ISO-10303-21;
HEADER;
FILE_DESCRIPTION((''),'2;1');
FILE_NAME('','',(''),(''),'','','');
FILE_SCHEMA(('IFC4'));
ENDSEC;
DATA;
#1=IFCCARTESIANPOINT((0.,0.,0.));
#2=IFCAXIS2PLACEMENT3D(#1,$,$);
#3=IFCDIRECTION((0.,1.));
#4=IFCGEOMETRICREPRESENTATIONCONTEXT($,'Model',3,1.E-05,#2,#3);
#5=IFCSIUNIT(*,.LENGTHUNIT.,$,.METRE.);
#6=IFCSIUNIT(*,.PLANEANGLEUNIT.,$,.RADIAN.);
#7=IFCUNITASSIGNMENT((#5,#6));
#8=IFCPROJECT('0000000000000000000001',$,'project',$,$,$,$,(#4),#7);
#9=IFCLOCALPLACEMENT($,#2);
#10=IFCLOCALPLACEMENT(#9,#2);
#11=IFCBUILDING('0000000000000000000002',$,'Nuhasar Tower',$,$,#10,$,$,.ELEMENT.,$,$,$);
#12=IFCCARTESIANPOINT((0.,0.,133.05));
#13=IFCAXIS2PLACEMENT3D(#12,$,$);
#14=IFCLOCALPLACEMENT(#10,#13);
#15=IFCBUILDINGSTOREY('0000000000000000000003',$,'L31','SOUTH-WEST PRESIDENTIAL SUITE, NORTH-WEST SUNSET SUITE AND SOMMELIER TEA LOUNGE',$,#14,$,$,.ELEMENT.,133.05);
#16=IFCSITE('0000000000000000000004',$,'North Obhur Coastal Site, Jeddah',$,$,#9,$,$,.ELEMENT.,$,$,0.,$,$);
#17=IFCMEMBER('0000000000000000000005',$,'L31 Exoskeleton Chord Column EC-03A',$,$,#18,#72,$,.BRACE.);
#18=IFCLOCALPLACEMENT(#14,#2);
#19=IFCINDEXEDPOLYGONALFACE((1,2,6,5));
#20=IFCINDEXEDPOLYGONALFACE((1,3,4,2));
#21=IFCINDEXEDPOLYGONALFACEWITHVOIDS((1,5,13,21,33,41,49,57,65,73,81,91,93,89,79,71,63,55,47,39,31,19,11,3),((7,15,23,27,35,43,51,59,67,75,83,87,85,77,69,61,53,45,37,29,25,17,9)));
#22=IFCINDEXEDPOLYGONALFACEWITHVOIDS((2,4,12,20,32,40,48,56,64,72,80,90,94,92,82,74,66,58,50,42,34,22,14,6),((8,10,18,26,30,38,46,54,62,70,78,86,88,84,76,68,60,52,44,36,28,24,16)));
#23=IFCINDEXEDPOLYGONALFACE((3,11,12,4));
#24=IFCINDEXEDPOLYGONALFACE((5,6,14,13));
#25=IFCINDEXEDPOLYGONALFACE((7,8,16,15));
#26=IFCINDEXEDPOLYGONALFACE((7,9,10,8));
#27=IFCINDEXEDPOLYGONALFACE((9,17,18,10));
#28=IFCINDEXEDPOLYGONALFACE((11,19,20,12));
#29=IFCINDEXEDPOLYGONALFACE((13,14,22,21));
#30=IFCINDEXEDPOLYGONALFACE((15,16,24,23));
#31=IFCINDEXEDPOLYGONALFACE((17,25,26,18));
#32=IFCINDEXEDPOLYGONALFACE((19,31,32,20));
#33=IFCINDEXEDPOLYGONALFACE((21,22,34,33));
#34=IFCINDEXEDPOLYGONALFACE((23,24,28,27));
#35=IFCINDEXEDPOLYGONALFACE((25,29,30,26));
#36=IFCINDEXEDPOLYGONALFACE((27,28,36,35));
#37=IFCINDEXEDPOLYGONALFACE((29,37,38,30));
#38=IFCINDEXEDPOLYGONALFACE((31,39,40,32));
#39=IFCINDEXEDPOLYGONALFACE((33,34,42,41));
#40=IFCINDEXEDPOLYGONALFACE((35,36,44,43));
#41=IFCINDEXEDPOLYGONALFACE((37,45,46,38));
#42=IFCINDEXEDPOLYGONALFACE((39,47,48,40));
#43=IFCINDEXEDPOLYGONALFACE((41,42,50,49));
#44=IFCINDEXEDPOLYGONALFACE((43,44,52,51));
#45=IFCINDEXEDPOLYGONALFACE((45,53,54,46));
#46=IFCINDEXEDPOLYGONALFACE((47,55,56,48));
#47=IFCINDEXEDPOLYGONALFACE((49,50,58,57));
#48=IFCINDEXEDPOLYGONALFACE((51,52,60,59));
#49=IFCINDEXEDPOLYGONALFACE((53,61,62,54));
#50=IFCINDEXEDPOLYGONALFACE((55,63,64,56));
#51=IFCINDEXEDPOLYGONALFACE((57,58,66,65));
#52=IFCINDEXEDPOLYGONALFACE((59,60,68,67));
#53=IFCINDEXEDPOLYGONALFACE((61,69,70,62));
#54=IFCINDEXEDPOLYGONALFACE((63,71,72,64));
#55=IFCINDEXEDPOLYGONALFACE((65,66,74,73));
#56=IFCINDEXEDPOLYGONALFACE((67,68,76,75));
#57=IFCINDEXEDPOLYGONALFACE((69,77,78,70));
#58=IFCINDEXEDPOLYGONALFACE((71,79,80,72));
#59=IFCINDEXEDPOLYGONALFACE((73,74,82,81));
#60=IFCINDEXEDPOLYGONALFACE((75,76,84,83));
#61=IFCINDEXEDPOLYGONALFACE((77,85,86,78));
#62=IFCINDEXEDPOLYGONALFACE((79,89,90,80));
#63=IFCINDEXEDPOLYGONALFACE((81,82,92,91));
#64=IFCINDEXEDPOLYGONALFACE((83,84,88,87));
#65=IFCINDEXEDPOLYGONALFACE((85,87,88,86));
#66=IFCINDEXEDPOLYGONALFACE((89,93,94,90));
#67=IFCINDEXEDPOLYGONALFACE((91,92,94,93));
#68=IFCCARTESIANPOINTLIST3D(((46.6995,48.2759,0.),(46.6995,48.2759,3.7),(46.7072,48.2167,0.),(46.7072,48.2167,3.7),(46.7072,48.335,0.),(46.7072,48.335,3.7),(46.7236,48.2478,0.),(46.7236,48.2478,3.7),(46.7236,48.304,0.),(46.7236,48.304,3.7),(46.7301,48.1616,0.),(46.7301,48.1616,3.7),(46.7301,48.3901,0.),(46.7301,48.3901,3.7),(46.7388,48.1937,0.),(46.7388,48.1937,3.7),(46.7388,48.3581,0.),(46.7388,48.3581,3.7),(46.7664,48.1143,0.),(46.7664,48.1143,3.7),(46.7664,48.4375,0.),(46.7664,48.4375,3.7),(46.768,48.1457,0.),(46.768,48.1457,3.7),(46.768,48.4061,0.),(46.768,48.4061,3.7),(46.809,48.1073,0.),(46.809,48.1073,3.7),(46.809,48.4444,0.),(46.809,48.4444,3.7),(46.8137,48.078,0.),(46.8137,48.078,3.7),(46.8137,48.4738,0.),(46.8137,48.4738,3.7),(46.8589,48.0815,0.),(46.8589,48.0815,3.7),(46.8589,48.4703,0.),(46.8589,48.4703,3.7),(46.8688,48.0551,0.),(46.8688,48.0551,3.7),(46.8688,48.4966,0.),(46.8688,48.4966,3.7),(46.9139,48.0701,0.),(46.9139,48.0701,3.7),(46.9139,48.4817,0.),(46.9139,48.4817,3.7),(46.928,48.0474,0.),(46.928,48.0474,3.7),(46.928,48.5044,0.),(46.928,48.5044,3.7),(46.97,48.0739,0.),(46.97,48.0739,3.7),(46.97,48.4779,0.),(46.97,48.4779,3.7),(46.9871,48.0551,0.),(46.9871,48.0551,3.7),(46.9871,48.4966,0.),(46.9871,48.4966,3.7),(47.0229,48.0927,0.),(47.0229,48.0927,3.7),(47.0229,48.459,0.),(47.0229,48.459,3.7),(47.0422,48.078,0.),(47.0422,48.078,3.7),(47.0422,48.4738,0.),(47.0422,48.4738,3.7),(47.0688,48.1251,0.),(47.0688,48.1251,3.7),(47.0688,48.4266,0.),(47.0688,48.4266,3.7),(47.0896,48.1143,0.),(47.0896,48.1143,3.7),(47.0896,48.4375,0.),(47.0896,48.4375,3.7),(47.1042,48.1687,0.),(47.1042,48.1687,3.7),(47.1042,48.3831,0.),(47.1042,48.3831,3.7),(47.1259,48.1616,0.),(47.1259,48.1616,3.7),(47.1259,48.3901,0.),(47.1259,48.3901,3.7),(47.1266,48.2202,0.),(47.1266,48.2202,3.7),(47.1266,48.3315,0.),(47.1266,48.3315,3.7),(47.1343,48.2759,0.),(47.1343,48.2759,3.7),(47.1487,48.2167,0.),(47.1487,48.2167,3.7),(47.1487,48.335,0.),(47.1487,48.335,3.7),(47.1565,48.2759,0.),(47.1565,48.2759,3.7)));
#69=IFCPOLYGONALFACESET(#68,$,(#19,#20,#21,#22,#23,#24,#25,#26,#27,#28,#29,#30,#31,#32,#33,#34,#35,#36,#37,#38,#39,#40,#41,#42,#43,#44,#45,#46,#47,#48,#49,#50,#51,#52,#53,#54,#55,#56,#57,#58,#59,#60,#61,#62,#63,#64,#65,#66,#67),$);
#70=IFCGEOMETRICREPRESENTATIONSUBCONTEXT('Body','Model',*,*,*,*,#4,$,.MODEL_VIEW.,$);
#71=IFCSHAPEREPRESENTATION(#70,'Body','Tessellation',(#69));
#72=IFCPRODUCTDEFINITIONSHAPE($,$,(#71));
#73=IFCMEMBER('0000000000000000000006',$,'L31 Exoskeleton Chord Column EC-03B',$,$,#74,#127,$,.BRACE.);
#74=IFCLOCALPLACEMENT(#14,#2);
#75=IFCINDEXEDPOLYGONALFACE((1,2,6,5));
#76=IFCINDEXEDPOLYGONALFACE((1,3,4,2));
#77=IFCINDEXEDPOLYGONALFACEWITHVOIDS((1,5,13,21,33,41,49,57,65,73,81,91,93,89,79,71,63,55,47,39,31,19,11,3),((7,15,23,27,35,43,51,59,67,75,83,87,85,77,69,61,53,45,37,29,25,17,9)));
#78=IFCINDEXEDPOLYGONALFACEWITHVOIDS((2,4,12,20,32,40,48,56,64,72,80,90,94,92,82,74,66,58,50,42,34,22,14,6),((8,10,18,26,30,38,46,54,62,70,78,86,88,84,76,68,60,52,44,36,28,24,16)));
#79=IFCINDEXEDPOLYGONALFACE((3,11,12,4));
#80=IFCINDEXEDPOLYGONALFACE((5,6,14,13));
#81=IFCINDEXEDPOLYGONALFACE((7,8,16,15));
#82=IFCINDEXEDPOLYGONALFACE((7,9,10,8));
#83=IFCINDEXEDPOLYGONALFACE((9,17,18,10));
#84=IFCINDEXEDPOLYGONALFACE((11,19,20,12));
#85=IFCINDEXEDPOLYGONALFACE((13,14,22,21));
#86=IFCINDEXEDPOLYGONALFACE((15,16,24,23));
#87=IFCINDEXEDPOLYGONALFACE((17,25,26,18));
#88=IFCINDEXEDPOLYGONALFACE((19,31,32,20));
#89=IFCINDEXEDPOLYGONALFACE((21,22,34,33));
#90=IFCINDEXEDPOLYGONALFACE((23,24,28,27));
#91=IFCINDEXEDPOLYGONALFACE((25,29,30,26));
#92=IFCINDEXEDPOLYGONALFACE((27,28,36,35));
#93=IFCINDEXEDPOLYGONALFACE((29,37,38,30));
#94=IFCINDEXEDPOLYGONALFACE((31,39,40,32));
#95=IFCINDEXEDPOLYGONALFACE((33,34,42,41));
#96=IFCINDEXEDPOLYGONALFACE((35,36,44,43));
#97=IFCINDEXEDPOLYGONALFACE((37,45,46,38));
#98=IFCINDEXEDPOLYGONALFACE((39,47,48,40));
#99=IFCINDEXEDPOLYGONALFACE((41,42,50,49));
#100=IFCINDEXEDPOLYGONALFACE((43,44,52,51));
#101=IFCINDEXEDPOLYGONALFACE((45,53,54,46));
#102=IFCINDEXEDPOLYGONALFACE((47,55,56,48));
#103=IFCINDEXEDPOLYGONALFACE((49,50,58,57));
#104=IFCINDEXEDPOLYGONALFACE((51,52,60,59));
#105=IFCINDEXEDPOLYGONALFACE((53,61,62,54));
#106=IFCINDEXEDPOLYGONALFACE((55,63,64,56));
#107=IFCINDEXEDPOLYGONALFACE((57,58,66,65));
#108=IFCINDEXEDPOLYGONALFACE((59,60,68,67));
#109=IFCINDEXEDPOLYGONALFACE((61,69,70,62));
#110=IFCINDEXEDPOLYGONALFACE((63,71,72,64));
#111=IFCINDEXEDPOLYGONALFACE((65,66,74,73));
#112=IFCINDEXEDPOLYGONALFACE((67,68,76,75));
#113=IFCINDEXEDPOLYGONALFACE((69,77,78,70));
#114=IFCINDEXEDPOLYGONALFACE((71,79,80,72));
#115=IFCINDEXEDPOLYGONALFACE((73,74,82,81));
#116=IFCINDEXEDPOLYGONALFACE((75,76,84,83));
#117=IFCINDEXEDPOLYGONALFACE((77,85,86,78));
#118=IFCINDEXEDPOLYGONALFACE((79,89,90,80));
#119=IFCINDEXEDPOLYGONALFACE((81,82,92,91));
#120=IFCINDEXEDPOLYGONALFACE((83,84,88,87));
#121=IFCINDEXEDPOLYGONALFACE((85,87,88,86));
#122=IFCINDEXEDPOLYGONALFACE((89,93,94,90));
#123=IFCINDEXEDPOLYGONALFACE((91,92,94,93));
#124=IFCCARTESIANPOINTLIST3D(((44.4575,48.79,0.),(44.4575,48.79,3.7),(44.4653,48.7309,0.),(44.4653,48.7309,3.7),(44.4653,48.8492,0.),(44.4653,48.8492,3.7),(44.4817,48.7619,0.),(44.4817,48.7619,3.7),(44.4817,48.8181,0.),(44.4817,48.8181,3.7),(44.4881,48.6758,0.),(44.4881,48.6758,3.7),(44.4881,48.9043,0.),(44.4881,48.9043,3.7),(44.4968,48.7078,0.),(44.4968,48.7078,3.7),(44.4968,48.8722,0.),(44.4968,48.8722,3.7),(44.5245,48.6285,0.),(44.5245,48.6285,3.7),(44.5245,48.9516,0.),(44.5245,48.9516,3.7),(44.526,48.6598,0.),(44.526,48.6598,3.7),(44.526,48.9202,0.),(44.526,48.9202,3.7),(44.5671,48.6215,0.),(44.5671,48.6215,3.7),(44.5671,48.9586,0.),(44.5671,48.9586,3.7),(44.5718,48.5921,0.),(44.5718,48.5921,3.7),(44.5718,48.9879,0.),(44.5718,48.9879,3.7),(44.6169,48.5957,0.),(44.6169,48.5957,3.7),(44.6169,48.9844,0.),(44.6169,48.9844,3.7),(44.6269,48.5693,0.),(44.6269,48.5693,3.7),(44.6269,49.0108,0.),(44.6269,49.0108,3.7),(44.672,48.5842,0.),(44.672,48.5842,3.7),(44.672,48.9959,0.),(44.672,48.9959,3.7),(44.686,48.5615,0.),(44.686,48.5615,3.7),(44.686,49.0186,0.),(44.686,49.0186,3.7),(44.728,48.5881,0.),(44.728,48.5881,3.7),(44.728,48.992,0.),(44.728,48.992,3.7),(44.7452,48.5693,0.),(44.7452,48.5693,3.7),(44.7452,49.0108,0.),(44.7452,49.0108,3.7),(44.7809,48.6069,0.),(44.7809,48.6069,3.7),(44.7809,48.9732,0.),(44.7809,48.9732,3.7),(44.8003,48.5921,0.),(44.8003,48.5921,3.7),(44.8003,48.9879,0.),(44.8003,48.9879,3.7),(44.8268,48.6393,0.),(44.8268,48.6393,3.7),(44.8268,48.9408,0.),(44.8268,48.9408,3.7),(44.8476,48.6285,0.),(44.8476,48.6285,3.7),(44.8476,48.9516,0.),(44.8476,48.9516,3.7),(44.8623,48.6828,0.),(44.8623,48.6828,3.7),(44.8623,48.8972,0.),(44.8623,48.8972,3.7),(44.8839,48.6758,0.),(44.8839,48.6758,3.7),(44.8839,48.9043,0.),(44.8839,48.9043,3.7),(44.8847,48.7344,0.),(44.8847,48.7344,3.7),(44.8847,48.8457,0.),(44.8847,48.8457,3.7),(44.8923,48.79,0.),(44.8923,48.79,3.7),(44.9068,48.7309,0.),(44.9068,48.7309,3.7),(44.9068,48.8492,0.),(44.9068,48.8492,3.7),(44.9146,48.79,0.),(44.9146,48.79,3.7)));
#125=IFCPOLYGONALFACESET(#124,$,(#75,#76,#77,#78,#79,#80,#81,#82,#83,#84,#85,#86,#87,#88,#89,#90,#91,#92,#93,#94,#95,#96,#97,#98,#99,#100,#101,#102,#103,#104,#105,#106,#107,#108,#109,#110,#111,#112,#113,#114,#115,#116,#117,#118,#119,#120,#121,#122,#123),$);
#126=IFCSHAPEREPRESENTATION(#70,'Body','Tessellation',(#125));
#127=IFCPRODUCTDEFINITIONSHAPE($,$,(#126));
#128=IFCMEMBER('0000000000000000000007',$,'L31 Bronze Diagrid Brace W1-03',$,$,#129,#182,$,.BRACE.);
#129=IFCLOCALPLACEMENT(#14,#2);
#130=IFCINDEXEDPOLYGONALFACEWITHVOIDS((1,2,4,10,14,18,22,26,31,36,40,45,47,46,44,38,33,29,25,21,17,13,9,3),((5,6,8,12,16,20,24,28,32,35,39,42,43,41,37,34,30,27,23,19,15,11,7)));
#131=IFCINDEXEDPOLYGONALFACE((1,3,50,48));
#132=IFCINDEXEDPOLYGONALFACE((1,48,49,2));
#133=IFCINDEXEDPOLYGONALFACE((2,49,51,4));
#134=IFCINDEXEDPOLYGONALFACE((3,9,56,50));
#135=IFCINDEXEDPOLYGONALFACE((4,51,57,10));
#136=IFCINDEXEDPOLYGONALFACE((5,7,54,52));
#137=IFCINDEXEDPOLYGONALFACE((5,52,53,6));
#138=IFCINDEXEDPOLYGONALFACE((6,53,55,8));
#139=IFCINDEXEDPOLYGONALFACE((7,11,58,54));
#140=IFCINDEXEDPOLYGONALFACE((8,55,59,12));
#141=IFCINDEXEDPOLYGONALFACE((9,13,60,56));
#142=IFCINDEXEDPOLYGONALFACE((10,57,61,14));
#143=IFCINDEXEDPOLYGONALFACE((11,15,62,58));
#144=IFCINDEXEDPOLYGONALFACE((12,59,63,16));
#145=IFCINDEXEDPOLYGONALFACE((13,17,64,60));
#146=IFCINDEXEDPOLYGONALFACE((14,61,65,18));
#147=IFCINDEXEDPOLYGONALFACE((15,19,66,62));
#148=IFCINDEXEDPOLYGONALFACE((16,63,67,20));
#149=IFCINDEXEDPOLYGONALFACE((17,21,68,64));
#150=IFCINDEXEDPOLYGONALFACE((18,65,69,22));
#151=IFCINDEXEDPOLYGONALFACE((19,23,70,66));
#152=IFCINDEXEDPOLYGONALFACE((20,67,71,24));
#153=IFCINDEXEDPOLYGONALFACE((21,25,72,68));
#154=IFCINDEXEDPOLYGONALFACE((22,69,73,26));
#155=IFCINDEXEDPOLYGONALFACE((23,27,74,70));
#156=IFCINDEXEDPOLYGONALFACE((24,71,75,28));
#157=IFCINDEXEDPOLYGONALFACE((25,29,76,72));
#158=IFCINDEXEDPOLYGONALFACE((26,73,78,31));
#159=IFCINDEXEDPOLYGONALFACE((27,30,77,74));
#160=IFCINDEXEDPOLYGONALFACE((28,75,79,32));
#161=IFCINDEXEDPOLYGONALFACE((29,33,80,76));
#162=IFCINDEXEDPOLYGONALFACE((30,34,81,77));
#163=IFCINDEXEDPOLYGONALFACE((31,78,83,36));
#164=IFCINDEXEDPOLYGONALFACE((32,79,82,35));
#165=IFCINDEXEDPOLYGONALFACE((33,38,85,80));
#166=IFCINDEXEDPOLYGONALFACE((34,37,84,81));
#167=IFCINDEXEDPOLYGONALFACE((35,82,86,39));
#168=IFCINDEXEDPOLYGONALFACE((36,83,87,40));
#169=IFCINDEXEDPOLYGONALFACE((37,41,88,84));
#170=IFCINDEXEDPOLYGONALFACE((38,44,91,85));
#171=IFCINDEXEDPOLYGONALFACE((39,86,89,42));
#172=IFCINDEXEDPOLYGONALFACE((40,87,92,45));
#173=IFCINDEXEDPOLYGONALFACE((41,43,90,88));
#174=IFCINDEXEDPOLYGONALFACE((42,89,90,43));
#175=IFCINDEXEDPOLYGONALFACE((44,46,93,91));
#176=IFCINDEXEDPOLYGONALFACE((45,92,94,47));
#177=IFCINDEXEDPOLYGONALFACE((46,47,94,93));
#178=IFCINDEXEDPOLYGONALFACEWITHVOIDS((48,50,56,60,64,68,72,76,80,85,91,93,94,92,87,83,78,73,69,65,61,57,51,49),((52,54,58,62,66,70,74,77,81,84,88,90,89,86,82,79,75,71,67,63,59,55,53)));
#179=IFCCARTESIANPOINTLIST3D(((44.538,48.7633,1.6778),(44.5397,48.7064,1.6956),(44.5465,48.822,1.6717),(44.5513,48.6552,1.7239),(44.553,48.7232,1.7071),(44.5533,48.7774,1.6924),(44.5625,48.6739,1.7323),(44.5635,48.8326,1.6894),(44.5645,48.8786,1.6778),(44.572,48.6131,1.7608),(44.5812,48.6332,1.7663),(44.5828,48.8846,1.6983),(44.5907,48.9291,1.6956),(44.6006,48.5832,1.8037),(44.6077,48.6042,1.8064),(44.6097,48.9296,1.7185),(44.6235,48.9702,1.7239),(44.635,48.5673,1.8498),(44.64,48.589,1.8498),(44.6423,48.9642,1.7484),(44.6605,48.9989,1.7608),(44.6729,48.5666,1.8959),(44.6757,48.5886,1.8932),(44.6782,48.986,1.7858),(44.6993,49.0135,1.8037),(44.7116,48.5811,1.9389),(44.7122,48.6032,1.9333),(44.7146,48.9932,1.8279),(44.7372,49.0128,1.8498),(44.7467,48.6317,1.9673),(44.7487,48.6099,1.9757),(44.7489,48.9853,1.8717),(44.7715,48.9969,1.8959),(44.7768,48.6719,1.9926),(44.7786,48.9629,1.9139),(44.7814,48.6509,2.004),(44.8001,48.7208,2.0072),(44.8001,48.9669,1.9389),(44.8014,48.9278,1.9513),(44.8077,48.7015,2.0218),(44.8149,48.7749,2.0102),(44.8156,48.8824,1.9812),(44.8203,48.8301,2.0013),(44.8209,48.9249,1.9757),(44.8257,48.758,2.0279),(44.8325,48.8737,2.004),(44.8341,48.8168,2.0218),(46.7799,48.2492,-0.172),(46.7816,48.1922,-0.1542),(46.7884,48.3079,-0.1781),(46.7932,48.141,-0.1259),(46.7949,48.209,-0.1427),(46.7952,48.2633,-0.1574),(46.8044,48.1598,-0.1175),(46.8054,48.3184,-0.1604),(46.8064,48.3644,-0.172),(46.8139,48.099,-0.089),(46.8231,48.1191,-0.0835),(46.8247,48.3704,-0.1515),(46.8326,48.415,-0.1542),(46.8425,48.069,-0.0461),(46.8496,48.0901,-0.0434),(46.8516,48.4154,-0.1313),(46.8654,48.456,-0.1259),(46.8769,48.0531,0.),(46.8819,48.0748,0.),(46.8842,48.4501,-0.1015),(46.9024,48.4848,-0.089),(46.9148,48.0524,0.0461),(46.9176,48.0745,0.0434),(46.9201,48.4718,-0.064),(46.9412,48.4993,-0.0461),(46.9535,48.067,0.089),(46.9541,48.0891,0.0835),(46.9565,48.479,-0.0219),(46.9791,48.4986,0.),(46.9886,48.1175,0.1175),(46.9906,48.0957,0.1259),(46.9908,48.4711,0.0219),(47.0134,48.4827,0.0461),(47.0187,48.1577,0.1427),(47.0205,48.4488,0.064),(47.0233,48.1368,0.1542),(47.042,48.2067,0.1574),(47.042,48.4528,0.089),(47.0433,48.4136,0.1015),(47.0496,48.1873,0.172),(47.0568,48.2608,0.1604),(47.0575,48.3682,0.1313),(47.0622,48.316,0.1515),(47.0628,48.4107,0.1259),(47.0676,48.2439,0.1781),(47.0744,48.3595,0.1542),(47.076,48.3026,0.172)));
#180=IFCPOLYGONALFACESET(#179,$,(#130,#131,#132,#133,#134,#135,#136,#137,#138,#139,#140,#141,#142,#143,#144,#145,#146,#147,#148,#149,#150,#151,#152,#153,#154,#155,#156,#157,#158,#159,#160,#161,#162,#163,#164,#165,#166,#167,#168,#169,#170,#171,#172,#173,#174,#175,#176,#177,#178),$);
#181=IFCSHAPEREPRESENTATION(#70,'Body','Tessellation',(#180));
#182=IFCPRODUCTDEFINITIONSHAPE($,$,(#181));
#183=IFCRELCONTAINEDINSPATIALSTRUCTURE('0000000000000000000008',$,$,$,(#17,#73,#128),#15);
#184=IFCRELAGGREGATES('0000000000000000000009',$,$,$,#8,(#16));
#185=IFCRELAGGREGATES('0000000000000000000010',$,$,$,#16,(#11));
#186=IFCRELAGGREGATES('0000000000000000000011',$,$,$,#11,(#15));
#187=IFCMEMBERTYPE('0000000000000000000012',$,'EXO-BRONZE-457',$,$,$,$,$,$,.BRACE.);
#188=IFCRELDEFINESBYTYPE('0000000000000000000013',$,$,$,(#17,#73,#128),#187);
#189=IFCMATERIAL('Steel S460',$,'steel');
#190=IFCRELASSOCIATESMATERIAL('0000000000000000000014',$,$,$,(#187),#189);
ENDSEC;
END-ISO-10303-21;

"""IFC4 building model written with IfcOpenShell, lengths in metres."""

from ifc_helpers import new_model, si_unit, direction, frame, origin, origin_2d, place, context, subcontext, project, spatial, hollow_circle, extrude, material, material_profile, profile_set, type_object, element, save


model = new_model("IFC4")

# Units and contexts
model_context = context("Model", 3, precision=1e-05, world=origin(), true_north=direction((0.0, 1.0)))
body_context = subcontext(model_context, "Body", "Model", "MODEL_VIEW")
ifc_project = project(units=[si_unit("LENGTHUNIT", "METRE"), si_unit("PLANEANGLEUNIT", "RADIAN")], contexts=[model_context])

# Site, building, storey
site_placement = place(None, origin())
site = spatial("IfcSite", under=ifc_project, at=site_placement, Name="North Obhur Coastal Site, Jeddah", CompositionType="ELEMENT", RefElevation=0.0)
building_placement = place(site_placement, origin())
building = spatial("IfcBuilding", under=site, at=building_placement, Name="Nuhasar Tower", CompositionType="ELEMENT")
storey_placement = place(building_placement, frame((0.0, 0.0, 133.05)))
storey = spatial("IfcBuildingStorey", under=building, at=storey_placement, Name="L31", Description="SOUTH-WEST PRESIDENTIAL SUITE, NORTH-WEST SUNSET SUITE AND SOMMELIER TEA LOUNGE", CompositionType="ELEMENT", Elevation=133.05)

# Members
ifc_material_1 = material(Name="Steel S460", Category="steel")
ifc_material_profile_1 = material_profile(ifc_material_1, hollow_circle(Radius=0.2285, WallThickness=0.0222, at=origin_2d()), Name="HSS457X22.2")
ifc_profile_set_1 = profile_set([ifc_material_profile_1], Name="Steel S460")
member_type_1 = type_object("IfcMemberType", Name="EXO-BRONZE-457", PredefinedType="BRACE", material=ifc_profile_set_1)
for number, where, z_axis, x_axis, name in (
    (1, (46.928, 48.2759, 0.0), (0.0, 0.0, 1.0), (1.0, 0.0, 0.0), "L31 Exoskeleton Chord Column EC-03A"),
    (2, (44.686, 48.79, 0.0), (0.0, 0.0, 1.0), (1.0, 0.0, 0.0), "L31 Exoskeleton Chord Column EC-03B"),
):
    element("IfcMember", number, at=place(storey_placement, frame(where, z_axis=z_axis, x_axis=x_axis)), inside=storey, type_object=member_type_1, Name=name, PredefinedType="BRACE", context=body_context, shape_type="SweptSolid", body=[
        extrude(hollow_circle(Radius=0.2285, WallThickness=0.0222, at=origin_2d()), origin(), (0.0, 0.0, 1.0), 3.7),
    ])
member_1_placement = place(storey_placement, frame((46.928, 48.2759, 0.0), z_axis=(-0.759539, 0.17419, 0.626704), x_axis=(-0.223534, -0.974696, 0.0)))
element("IfcMember", 3, at=member_1_placement, inside=storey, type_object=member_type_1, Name="L31 Bronze Diagrid Brace W1-03", PredefinedType="BRACE", context=body_context, shape_type="SweptSolid", body=[
    extrude(hollow_circle(Radius=0.2285, WallThickness=0.0222, at=origin_2d()), origin(), (0.0, 0.0, 1.0), 2.9517),
])

save(model, "model.ifc")
